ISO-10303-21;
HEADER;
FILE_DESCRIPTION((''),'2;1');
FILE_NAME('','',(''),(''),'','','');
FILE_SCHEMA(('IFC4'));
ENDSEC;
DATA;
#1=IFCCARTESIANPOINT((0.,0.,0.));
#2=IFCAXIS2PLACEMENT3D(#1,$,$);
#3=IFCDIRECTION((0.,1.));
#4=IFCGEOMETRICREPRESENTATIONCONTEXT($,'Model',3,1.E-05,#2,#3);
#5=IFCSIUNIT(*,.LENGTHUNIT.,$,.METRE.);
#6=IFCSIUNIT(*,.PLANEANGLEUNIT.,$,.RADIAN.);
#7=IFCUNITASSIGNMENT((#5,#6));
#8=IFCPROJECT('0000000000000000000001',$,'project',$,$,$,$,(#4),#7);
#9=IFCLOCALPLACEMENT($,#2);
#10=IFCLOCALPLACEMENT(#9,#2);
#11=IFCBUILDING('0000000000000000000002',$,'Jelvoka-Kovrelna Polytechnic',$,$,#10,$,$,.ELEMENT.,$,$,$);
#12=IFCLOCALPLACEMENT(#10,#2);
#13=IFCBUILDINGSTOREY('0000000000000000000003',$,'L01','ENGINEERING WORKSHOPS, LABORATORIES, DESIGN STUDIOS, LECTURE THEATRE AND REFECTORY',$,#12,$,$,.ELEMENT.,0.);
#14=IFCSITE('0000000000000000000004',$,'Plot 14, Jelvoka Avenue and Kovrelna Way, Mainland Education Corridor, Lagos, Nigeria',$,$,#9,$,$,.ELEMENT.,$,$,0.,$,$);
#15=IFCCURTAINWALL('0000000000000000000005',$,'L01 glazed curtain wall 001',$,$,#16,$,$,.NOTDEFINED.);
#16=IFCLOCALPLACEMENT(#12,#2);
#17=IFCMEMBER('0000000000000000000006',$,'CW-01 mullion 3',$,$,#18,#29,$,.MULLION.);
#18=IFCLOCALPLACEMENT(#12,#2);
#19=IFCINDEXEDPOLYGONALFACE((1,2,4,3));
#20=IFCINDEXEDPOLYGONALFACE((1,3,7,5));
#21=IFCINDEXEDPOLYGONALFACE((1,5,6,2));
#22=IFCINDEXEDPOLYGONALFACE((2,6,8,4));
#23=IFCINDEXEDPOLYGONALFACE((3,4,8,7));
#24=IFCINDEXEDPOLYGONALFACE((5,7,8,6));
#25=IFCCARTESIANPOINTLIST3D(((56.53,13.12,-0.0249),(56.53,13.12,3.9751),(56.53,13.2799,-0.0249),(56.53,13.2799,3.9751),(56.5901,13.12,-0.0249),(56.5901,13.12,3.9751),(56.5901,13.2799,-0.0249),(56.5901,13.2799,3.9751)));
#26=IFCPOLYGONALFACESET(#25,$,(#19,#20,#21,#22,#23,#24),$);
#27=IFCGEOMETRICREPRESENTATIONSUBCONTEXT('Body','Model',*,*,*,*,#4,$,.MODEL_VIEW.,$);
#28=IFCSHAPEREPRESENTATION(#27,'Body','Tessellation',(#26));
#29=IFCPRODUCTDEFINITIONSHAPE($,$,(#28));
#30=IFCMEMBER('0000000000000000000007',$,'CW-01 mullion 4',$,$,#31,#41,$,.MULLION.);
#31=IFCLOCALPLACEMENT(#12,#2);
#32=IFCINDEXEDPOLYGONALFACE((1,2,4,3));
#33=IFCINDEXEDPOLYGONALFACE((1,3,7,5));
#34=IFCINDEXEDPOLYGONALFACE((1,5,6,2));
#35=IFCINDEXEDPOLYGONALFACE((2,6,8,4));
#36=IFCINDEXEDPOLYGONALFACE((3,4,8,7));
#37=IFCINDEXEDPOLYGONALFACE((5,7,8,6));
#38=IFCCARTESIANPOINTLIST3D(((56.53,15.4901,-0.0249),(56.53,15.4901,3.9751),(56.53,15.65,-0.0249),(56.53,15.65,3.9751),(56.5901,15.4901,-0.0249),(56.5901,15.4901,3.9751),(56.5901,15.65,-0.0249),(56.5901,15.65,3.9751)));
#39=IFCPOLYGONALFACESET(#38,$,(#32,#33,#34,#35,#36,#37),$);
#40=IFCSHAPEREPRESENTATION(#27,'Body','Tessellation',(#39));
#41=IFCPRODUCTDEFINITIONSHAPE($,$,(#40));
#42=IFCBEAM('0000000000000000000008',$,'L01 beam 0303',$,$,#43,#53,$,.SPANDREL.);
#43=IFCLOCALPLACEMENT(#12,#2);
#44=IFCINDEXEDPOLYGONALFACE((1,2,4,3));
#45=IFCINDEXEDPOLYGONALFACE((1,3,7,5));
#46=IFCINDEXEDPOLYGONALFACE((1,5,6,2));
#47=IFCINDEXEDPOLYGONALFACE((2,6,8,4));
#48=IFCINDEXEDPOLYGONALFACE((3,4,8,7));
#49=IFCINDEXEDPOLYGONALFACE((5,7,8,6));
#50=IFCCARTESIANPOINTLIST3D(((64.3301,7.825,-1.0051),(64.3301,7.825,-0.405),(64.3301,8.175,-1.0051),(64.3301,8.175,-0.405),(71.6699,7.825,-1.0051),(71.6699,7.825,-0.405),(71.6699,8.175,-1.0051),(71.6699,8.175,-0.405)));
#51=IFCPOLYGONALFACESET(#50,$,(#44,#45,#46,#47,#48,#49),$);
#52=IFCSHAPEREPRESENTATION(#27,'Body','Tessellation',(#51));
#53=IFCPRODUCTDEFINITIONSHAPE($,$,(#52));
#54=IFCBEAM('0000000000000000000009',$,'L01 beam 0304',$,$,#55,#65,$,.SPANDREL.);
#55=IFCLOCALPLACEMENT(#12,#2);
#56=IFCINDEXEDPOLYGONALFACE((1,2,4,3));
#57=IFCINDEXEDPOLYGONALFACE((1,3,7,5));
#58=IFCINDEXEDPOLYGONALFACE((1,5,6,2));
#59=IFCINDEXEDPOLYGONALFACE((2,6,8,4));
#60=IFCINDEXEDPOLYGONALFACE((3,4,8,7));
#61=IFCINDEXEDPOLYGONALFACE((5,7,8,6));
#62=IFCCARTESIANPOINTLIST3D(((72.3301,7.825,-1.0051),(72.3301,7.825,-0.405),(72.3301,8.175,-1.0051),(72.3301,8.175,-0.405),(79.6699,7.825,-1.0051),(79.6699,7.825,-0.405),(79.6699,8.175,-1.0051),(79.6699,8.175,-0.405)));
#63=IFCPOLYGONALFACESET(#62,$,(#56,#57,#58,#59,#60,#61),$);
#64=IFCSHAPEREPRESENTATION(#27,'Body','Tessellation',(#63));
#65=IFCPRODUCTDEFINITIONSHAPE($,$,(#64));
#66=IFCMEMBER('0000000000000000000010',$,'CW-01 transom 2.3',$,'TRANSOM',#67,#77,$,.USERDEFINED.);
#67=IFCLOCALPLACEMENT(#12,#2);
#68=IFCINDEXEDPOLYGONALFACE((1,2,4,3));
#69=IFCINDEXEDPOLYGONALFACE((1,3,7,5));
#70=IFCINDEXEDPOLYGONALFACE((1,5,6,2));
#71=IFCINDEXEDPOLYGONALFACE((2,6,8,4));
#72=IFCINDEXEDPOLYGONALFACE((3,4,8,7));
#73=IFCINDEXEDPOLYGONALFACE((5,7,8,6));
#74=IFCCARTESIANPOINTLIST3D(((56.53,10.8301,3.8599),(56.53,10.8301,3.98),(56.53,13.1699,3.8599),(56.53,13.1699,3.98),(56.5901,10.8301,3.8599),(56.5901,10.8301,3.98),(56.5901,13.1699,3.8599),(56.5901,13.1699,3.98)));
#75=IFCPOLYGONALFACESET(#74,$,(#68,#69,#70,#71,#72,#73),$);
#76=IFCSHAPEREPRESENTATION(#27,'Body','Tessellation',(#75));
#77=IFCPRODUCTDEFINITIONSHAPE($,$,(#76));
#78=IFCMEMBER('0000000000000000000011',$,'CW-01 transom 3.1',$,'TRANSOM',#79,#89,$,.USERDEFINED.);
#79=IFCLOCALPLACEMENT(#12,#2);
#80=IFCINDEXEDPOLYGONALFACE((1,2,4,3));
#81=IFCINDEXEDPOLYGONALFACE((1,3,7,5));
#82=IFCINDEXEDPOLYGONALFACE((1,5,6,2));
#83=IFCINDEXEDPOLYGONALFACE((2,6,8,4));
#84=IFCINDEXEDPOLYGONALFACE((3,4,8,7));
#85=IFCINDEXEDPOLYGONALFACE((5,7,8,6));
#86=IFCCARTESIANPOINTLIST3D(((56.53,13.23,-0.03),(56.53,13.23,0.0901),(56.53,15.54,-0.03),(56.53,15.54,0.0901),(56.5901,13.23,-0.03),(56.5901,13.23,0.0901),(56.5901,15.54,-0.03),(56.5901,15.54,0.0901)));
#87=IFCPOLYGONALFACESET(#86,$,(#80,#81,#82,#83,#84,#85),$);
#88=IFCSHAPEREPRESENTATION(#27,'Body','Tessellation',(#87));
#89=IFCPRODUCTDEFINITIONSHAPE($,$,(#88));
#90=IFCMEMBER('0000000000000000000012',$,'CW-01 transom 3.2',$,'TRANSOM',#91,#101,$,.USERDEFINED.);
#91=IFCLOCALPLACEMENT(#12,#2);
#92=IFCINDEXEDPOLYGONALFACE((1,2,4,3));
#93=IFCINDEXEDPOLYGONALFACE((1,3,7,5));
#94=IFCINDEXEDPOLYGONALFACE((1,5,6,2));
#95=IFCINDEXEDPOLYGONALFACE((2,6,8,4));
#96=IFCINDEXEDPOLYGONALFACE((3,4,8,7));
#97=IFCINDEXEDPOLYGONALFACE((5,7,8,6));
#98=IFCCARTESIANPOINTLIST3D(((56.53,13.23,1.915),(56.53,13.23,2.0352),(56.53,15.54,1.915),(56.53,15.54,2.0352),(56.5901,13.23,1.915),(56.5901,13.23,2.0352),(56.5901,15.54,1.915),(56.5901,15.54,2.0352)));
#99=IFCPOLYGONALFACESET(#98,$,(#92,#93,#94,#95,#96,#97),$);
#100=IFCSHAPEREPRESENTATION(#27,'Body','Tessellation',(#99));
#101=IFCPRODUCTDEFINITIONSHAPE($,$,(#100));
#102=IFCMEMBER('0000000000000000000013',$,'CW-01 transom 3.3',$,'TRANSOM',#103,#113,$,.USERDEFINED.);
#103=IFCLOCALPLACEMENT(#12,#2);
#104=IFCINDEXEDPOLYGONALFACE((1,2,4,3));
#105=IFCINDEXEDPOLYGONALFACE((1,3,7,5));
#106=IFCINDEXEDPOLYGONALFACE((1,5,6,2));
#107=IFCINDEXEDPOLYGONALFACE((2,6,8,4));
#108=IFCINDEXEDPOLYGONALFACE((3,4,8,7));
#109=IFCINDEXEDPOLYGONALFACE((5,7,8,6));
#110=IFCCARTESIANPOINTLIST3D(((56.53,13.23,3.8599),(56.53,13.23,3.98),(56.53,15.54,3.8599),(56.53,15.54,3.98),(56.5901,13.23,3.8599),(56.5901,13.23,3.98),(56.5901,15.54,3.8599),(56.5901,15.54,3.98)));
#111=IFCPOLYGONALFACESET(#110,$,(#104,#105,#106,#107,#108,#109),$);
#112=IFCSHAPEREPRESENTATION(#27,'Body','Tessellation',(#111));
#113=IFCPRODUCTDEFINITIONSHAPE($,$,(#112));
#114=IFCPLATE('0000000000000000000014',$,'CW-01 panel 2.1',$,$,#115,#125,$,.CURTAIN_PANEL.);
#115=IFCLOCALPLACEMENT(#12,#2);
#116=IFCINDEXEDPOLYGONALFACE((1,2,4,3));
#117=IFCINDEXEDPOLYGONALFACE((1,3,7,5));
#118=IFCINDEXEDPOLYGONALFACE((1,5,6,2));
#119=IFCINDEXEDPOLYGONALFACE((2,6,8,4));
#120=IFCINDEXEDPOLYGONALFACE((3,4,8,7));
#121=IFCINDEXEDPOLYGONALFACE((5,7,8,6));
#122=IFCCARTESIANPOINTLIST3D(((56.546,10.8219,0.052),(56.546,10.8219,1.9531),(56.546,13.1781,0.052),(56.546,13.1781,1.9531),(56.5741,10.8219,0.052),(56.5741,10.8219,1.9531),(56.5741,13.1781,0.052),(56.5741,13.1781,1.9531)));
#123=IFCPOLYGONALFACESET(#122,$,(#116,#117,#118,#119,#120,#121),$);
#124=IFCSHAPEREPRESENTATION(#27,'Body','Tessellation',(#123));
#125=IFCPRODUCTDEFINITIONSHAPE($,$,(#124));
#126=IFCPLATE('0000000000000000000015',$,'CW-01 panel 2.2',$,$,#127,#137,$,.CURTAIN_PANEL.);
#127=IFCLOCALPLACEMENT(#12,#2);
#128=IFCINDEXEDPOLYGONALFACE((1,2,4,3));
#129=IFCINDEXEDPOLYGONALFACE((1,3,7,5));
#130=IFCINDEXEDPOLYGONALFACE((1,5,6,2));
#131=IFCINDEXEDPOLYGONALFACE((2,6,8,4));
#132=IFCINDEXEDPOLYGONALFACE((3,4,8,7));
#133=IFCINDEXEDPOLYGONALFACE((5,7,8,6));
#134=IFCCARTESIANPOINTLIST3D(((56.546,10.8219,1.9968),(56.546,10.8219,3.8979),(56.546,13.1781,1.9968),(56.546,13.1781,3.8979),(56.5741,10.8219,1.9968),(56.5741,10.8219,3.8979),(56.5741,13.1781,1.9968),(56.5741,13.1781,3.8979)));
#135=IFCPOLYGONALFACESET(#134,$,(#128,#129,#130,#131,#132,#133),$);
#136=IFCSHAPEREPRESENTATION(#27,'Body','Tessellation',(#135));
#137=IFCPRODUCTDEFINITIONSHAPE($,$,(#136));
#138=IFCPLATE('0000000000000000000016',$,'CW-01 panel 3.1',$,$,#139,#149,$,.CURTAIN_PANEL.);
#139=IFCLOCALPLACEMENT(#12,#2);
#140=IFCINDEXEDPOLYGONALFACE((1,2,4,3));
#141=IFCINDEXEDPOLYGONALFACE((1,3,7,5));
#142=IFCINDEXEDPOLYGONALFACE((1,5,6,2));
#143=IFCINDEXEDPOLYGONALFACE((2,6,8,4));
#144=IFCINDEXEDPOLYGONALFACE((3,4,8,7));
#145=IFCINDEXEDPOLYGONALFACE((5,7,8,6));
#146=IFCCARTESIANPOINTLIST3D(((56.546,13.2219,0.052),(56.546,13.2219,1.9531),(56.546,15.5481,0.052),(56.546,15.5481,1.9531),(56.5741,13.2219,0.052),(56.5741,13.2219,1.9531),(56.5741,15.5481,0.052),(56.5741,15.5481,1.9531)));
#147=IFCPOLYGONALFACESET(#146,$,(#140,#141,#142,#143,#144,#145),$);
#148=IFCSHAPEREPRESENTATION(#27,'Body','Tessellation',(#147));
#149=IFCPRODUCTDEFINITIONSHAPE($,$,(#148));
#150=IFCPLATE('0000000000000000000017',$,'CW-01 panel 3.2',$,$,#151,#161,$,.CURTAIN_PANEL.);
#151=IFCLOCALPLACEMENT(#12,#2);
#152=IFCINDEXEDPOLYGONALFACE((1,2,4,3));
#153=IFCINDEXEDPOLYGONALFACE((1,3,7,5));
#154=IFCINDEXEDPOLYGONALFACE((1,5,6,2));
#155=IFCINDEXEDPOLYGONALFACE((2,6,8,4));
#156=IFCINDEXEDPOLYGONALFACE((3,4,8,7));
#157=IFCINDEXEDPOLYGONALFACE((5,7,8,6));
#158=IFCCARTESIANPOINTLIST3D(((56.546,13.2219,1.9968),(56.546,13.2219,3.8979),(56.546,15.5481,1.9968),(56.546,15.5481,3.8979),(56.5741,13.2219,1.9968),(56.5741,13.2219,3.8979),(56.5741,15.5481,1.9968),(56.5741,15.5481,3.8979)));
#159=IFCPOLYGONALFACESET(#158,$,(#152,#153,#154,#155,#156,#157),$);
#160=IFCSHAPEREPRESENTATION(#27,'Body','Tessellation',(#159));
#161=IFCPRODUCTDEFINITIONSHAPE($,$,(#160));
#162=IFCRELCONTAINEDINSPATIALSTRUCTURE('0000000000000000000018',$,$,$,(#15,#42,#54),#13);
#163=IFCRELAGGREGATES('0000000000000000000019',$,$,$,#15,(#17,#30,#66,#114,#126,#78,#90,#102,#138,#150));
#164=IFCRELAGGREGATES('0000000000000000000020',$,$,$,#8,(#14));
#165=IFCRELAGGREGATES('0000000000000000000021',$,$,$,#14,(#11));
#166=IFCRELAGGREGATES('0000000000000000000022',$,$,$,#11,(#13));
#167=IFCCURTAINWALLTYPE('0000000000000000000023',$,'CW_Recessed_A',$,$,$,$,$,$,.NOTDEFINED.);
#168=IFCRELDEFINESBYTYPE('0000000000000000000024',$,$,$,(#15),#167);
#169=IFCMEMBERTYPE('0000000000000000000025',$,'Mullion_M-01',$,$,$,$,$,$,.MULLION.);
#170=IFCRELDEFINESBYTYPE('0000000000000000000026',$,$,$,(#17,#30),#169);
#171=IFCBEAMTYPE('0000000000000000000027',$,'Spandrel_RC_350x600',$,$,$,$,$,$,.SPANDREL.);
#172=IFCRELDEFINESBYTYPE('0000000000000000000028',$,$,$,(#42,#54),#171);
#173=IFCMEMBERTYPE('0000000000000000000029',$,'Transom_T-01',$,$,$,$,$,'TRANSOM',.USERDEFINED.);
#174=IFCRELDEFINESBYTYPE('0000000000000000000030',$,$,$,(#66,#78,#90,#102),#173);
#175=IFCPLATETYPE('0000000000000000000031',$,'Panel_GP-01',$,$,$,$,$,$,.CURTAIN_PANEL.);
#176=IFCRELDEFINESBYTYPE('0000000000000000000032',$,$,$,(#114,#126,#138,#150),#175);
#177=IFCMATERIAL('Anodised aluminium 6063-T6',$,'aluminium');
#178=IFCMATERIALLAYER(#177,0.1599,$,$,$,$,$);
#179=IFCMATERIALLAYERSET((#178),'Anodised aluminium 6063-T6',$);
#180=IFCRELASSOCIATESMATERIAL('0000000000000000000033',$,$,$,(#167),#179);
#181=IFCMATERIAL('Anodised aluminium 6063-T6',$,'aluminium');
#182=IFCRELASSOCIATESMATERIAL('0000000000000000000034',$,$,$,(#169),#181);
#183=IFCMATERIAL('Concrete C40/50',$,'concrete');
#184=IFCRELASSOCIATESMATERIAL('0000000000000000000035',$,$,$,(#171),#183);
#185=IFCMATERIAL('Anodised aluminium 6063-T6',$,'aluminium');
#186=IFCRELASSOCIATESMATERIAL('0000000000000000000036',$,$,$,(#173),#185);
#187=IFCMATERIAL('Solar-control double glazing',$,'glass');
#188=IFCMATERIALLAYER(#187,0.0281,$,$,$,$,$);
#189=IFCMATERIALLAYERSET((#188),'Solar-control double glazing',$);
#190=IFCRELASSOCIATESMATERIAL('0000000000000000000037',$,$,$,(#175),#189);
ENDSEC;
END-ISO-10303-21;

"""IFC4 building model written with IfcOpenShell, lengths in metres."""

from ifc_helpers import new_model, si_unit, direction, frame, origin, origin_2d, place, context, subcontext, project, spatial, rectangle, extrude, material, layer, layer_set, material_profile, profile_set, type_object, element, aggregate, save


model = new_model("IFC4")

# Units and contexts
model_context = context("Model", 3, precision=1e-05, world=origin(), true_north=direction((0.0, 1.0)))
body_context = subcontext(model_context, "Body", "Model", "MODEL_VIEW")
ifc_project = project(units=[si_unit("LENGTHUNIT", "METRE"), si_unit("PLANEANGLEUNIT", "RADIAN")], contexts=[model_context])

# Site, building, storey
site_placement = place(None, origin())
site = spatial("IfcSite", under=ifc_project, at=site_placement, Name="Plot 14, Jelvoka Avenue and Kovrelna Way, Mainland Education Corridor, Lagos, Nigeria", CompositionType="ELEMENT", RefElevation=0.0)
building_placement = place(site_placement, origin())
building = spatial("IfcBuilding", under=site, at=building_placement, Name="Jelvoka-Kovrelna Polytechnic", CompositionType="ELEMENT")
storey_placement = place(building_placement, origin())
storey = spatial("IfcBuildingStorey", under=building, at=storey_placement, Name="L01", Description="ENGINEERING WORKSHOPS, LABORATORIES, DESIGN STUDIOS, LECTURE THEATRE AND REFECTORY", CompositionType="ELEMENT", Elevation=0.0)

# Curtain wall, members
ifc_material_1 = material(Name="Anodised aluminium 6063-T6", Category="aluminium")
ifc_layer_1 = layer(ifc_material_1, 0.1599)
ifc_layer_set_1 = layer_set([ifc_layer_1], Name="Anodised aluminium 6063-T6")
curtain_wall_type = type_object("IfcCurtainWallType", Name="CW_Recessed_A", PredefinedType="NOTDEFINED", material=ifc_layer_set_1)
curtain_wall_placement = place(storey_placement, origin())
curtain_wall = element("IfcCurtainWall", 1, at=curtain_wall_placement, inside=storey, type_object=curtain_wall_type, Name="L01 glazed curtain wall 001", PredefinedType="NOTDEFINED")
ifc_material_2 = material(Name="Anodised aluminium 6063-T6", Category="aluminium")
ifc_material_profile_1 = material_profile(ifc_material_2, rectangle(XDim=0.0601, YDim=0.1599, at=origin_2d()), Name="ALU 60x160")
ifc_profile_set_1 = profile_set([ifc_material_profile_1], Name="Anodised aluminium 6063-T6")
member_type_1 = type_object("IfcMemberType", Name="Mullion_M-01", PredefinedType="MULLION", material=ifc_profile_set_1)
member_1_placement = place(storey_placement, frame((56.5601, 13.2, -0.0249), z_axis=(0.0, 0.0, 1.0), x_axis=(-1.0, 0.0, 0.0)))
member_1 = element("IfcMember", 2, at=member_1_placement, type_object=member_type_1, Name="CW-01 mullion 3", PredefinedType="MULLION", context=body_context, shape_type="SweptSolid", body=[
    extrude(rectangle(XDim=0.0601, YDim=0.1599, at=origin_2d()), origin(), (0.0, 0.0, 1.0), 4.0),
])
member_2_placement = place(storey_placement, frame((56.5601, 15.5701, -0.0249), z_axis=(0.0, 0.0, 1.0), x_axis=(-1.0, 0.0, 0.0)))
member_2 = element("IfcMember", 3, at=member_2_placement, type_object=member_type_1, Name="CW-01 mullion 4", PredefinedType="MULLION", context=body_context, shape_type="SweptSolid", body=[
    extrude(rectangle(XDim=0.0601, YDim=0.1599, at=origin_2d()), origin(), (0.0, 0.0, 1.0), 4.0),
])

# Beams
ifc_material_3 = material(Name="Concrete C40/50", Category="concrete")
ifc_material_profile_2 = material_profile(ifc_material_3, rectangle(XDim=0.3501, YDim=0.6001, at=origin_2d()), Name="RC 350x600")
ifc_profile_set_2 = profile_set([ifc_material_profile_2], Name="Concrete C40/50")
beam_type_1 = type_object("IfcBeamType", Name="Spandrel_RC_350x600", PredefinedType="SPANDREL", material=ifc_profile_set_2)
for number, where, z_axis, x_axis, name in (
    (4, (64.3301, 8.0, -0.7051), (1.0, 0.0, 0.0), (0.0, 1.0, 0.0), "L01 beam 0303"),
    (5, (72.3301, 8.0, -0.7051), (1.0, 0.0, 0.0), (0.0, 1.0, 0.0), "L01 beam 0304"),
):
    element("IfcBeam", number, at=place(storey_placement, frame(where, z_axis=z_axis, x_axis=x_axis)), inside=storey, type_object=beam_type_1, Name=name, PredefinedType="SPANDREL", context=body_context, shape_type="SweptSolid", body=[
        extrude(rectangle(XDim=0.3501, YDim=0.6001, at=origin_2d()), origin(), (0.0, 0.0, 1.0), 7.3398),
    ])

# Members
ifc_material_4 = material(Name="Anodised aluminium 6063-T6", Category="aluminium")
ifc_material_profile_3 = material_profile(ifc_material_4, rectangle(XDim=0.0601, YDim=0.1201, at=origin_2d()), Name="ALU 60x120")
ifc_profile_set_3 = profile_set([ifc_material_profile_3], Name="Anodised aluminium 6063-T6")
member_type_2 = type_object("IfcMemberType", Name="Transom_T-01", ElementType="TRANSOM", PredefinedType="USERDEFINED", material=ifc_profile_set_3)
member_3_placement = place(storey_placement, frame((56.5601, 10.8301, 3.9199), z_axis=(0.0, 1.0, 0.0), x_axis=(-1.0, 0.0, 0.0)))
member_3 = element("IfcMember", 6, at=member_3_placement, type_object=member_type_2, Name="CW-01 transom 2.3", ObjectType="TRANSOM", PredefinedType="USERDEFINED", context=body_context, shape_type="SweptSolid", body=[
    extrude(rectangle(XDim=0.0601, YDim=0.1201, at=origin_2d()), origin(), (0.0, 0.0, 1.0), 2.3398),
])
member_4_placement = place(storey_placement, frame((56.5601, 13.23, 0.03), z_axis=(0.0, 1.0, 0.0), x_axis=(-1.0, 0.0, 0.0)))
member_4 = element("IfcMember", 7, at=member_4_placement, type_object=member_type_2, Name="CW-01 transom 3.1", ObjectType="TRANSOM", PredefinedType="USERDEFINED", context=body_context, shape_type="SweptSolid", body=[
    extrude(rectangle(XDim=0.0601, YDim=0.1201, at=origin_2d()), origin(), (0.0, 0.0, 1.0), 2.3101),
])
member_5_placement = place(storey_placement, frame((56.5601, 13.23, 1.9751), z_axis=(0.0, 1.0, 0.0), x_axis=(-1.0, 0.0, 0.0)))
member_5 = element("IfcMember", 8, at=member_5_placement, type_object=member_type_2, Name="CW-01 transom 3.2", ObjectType="TRANSOM", PredefinedType="USERDEFINED", context=body_context, shape_type="SweptSolid", body=[
    extrude(rectangle(XDim=0.0601, YDim=0.1201, at=origin_2d()), origin(), (0.0, 0.0, 1.0), 2.3101),
])
member_6_placement = place(storey_placement, frame((56.5601, 13.23, 3.9199), z_axis=(0.0, 1.0, 0.0), x_axis=(-1.0, 0.0, 0.0)))
member_6 = element("IfcMember", 9, at=member_6_placement, type_object=member_type_2, Name="CW-01 transom 3.3", ObjectType="TRANSOM", PredefinedType="USERDEFINED", context=body_context, shape_type="SweptSolid", body=[
    extrude(rectangle(XDim=0.0601, YDim=0.1201, at=origin_2d()), origin(), (0.0, 0.0, 1.0), 2.3101),
])

# Plates
ifc_material_5 = material(Name="Solar-control double glazing", Category="glass")
ifc_layer_2 = layer(ifc_material_5, 0.0281)
ifc_layer_set_2 = layer_set([ifc_layer_2], Name="Solar-control double glazing")
plate_type = type_object("IfcPlateType", Name="Panel_GP-01", PredefinedType="CURTAIN_PANEL", material=ifc_layer_set_2)
plate_1_placement = place(storey_placement, frame((56.5601, 12.0, 0.052), z_axis=(0.0, 0.0, 1.0), x_axis=(0.0, 1.0, 0.0)))
plate_1 = element("IfcPlate", 10, at=plate_1_placement, type_object=plate_type, Name="CW-01 panel 2.1", PredefinedType="CURTAIN_PANEL", context=body_context, shape_type="SweptSolid", body=[
    extrude(rectangle(XDim=2.3562, YDim=0.0281, at=origin_2d()), origin(), (0.0, 0.0, 1.0), 1.9011),
])
plate_2_placement = place(storey_placement, frame((56.5601, 12.0, 1.9968), z_axis=(0.0, 0.0, 1.0), x_axis=(0.0, 1.0, 0.0)))
plate_2 = element("IfcPlate", 11, at=plate_2_placement, type_object=plate_type, Name="CW-01 panel 2.2", PredefinedType="CURTAIN_PANEL", context=body_context, shape_type="SweptSolid", body=[
    extrude(rectangle(XDim=2.3562, YDim=0.0281, at=origin_2d()), origin(), (0.0, 0.0, 1.0), 1.9011),
])
plate_3_placement = place(storey_placement, frame((56.5601, 14.385, 0.052), z_axis=(0.0, 0.0, 1.0), x_axis=(0.0, 1.0, 0.0)))
plate_3 = element("IfcPlate", 12, at=plate_3_placement, type_object=plate_type, Name="CW-01 panel 3.1", PredefinedType="CURTAIN_PANEL", context=body_context, shape_type="SweptSolid", body=[
    extrude(rectangle(XDim=2.3262, YDim=0.0281, at=origin_2d()), origin(), (0.0, 0.0, 1.0), 1.9011),
])
plate_4_placement = place(storey_placement, frame((56.5601, 14.385, 1.9968), z_axis=(0.0, 0.0, 1.0), x_axis=(0.0, 1.0, 0.0)))
plate_4 = element("IfcPlate", 13, at=plate_4_placement, type_object=plate_type, Name="CW-01 panel 3.2", PredefinedType="CURTAIN_PANEL", context=body_context, shape_type="SweptSolid", body=[
    extrude(rectangle(XDim=2.3262, YDim=0.0281, at=origin_2d()), origin(), (0.0, 0.0, 1.0), 1.9011),
])
aggregate(curtain_wall, [member_1, member_2, member_3, plate_1, plate_2, member_4, member_5, member_6, plate_3, plate_4])

save(model, "model.ifc")
